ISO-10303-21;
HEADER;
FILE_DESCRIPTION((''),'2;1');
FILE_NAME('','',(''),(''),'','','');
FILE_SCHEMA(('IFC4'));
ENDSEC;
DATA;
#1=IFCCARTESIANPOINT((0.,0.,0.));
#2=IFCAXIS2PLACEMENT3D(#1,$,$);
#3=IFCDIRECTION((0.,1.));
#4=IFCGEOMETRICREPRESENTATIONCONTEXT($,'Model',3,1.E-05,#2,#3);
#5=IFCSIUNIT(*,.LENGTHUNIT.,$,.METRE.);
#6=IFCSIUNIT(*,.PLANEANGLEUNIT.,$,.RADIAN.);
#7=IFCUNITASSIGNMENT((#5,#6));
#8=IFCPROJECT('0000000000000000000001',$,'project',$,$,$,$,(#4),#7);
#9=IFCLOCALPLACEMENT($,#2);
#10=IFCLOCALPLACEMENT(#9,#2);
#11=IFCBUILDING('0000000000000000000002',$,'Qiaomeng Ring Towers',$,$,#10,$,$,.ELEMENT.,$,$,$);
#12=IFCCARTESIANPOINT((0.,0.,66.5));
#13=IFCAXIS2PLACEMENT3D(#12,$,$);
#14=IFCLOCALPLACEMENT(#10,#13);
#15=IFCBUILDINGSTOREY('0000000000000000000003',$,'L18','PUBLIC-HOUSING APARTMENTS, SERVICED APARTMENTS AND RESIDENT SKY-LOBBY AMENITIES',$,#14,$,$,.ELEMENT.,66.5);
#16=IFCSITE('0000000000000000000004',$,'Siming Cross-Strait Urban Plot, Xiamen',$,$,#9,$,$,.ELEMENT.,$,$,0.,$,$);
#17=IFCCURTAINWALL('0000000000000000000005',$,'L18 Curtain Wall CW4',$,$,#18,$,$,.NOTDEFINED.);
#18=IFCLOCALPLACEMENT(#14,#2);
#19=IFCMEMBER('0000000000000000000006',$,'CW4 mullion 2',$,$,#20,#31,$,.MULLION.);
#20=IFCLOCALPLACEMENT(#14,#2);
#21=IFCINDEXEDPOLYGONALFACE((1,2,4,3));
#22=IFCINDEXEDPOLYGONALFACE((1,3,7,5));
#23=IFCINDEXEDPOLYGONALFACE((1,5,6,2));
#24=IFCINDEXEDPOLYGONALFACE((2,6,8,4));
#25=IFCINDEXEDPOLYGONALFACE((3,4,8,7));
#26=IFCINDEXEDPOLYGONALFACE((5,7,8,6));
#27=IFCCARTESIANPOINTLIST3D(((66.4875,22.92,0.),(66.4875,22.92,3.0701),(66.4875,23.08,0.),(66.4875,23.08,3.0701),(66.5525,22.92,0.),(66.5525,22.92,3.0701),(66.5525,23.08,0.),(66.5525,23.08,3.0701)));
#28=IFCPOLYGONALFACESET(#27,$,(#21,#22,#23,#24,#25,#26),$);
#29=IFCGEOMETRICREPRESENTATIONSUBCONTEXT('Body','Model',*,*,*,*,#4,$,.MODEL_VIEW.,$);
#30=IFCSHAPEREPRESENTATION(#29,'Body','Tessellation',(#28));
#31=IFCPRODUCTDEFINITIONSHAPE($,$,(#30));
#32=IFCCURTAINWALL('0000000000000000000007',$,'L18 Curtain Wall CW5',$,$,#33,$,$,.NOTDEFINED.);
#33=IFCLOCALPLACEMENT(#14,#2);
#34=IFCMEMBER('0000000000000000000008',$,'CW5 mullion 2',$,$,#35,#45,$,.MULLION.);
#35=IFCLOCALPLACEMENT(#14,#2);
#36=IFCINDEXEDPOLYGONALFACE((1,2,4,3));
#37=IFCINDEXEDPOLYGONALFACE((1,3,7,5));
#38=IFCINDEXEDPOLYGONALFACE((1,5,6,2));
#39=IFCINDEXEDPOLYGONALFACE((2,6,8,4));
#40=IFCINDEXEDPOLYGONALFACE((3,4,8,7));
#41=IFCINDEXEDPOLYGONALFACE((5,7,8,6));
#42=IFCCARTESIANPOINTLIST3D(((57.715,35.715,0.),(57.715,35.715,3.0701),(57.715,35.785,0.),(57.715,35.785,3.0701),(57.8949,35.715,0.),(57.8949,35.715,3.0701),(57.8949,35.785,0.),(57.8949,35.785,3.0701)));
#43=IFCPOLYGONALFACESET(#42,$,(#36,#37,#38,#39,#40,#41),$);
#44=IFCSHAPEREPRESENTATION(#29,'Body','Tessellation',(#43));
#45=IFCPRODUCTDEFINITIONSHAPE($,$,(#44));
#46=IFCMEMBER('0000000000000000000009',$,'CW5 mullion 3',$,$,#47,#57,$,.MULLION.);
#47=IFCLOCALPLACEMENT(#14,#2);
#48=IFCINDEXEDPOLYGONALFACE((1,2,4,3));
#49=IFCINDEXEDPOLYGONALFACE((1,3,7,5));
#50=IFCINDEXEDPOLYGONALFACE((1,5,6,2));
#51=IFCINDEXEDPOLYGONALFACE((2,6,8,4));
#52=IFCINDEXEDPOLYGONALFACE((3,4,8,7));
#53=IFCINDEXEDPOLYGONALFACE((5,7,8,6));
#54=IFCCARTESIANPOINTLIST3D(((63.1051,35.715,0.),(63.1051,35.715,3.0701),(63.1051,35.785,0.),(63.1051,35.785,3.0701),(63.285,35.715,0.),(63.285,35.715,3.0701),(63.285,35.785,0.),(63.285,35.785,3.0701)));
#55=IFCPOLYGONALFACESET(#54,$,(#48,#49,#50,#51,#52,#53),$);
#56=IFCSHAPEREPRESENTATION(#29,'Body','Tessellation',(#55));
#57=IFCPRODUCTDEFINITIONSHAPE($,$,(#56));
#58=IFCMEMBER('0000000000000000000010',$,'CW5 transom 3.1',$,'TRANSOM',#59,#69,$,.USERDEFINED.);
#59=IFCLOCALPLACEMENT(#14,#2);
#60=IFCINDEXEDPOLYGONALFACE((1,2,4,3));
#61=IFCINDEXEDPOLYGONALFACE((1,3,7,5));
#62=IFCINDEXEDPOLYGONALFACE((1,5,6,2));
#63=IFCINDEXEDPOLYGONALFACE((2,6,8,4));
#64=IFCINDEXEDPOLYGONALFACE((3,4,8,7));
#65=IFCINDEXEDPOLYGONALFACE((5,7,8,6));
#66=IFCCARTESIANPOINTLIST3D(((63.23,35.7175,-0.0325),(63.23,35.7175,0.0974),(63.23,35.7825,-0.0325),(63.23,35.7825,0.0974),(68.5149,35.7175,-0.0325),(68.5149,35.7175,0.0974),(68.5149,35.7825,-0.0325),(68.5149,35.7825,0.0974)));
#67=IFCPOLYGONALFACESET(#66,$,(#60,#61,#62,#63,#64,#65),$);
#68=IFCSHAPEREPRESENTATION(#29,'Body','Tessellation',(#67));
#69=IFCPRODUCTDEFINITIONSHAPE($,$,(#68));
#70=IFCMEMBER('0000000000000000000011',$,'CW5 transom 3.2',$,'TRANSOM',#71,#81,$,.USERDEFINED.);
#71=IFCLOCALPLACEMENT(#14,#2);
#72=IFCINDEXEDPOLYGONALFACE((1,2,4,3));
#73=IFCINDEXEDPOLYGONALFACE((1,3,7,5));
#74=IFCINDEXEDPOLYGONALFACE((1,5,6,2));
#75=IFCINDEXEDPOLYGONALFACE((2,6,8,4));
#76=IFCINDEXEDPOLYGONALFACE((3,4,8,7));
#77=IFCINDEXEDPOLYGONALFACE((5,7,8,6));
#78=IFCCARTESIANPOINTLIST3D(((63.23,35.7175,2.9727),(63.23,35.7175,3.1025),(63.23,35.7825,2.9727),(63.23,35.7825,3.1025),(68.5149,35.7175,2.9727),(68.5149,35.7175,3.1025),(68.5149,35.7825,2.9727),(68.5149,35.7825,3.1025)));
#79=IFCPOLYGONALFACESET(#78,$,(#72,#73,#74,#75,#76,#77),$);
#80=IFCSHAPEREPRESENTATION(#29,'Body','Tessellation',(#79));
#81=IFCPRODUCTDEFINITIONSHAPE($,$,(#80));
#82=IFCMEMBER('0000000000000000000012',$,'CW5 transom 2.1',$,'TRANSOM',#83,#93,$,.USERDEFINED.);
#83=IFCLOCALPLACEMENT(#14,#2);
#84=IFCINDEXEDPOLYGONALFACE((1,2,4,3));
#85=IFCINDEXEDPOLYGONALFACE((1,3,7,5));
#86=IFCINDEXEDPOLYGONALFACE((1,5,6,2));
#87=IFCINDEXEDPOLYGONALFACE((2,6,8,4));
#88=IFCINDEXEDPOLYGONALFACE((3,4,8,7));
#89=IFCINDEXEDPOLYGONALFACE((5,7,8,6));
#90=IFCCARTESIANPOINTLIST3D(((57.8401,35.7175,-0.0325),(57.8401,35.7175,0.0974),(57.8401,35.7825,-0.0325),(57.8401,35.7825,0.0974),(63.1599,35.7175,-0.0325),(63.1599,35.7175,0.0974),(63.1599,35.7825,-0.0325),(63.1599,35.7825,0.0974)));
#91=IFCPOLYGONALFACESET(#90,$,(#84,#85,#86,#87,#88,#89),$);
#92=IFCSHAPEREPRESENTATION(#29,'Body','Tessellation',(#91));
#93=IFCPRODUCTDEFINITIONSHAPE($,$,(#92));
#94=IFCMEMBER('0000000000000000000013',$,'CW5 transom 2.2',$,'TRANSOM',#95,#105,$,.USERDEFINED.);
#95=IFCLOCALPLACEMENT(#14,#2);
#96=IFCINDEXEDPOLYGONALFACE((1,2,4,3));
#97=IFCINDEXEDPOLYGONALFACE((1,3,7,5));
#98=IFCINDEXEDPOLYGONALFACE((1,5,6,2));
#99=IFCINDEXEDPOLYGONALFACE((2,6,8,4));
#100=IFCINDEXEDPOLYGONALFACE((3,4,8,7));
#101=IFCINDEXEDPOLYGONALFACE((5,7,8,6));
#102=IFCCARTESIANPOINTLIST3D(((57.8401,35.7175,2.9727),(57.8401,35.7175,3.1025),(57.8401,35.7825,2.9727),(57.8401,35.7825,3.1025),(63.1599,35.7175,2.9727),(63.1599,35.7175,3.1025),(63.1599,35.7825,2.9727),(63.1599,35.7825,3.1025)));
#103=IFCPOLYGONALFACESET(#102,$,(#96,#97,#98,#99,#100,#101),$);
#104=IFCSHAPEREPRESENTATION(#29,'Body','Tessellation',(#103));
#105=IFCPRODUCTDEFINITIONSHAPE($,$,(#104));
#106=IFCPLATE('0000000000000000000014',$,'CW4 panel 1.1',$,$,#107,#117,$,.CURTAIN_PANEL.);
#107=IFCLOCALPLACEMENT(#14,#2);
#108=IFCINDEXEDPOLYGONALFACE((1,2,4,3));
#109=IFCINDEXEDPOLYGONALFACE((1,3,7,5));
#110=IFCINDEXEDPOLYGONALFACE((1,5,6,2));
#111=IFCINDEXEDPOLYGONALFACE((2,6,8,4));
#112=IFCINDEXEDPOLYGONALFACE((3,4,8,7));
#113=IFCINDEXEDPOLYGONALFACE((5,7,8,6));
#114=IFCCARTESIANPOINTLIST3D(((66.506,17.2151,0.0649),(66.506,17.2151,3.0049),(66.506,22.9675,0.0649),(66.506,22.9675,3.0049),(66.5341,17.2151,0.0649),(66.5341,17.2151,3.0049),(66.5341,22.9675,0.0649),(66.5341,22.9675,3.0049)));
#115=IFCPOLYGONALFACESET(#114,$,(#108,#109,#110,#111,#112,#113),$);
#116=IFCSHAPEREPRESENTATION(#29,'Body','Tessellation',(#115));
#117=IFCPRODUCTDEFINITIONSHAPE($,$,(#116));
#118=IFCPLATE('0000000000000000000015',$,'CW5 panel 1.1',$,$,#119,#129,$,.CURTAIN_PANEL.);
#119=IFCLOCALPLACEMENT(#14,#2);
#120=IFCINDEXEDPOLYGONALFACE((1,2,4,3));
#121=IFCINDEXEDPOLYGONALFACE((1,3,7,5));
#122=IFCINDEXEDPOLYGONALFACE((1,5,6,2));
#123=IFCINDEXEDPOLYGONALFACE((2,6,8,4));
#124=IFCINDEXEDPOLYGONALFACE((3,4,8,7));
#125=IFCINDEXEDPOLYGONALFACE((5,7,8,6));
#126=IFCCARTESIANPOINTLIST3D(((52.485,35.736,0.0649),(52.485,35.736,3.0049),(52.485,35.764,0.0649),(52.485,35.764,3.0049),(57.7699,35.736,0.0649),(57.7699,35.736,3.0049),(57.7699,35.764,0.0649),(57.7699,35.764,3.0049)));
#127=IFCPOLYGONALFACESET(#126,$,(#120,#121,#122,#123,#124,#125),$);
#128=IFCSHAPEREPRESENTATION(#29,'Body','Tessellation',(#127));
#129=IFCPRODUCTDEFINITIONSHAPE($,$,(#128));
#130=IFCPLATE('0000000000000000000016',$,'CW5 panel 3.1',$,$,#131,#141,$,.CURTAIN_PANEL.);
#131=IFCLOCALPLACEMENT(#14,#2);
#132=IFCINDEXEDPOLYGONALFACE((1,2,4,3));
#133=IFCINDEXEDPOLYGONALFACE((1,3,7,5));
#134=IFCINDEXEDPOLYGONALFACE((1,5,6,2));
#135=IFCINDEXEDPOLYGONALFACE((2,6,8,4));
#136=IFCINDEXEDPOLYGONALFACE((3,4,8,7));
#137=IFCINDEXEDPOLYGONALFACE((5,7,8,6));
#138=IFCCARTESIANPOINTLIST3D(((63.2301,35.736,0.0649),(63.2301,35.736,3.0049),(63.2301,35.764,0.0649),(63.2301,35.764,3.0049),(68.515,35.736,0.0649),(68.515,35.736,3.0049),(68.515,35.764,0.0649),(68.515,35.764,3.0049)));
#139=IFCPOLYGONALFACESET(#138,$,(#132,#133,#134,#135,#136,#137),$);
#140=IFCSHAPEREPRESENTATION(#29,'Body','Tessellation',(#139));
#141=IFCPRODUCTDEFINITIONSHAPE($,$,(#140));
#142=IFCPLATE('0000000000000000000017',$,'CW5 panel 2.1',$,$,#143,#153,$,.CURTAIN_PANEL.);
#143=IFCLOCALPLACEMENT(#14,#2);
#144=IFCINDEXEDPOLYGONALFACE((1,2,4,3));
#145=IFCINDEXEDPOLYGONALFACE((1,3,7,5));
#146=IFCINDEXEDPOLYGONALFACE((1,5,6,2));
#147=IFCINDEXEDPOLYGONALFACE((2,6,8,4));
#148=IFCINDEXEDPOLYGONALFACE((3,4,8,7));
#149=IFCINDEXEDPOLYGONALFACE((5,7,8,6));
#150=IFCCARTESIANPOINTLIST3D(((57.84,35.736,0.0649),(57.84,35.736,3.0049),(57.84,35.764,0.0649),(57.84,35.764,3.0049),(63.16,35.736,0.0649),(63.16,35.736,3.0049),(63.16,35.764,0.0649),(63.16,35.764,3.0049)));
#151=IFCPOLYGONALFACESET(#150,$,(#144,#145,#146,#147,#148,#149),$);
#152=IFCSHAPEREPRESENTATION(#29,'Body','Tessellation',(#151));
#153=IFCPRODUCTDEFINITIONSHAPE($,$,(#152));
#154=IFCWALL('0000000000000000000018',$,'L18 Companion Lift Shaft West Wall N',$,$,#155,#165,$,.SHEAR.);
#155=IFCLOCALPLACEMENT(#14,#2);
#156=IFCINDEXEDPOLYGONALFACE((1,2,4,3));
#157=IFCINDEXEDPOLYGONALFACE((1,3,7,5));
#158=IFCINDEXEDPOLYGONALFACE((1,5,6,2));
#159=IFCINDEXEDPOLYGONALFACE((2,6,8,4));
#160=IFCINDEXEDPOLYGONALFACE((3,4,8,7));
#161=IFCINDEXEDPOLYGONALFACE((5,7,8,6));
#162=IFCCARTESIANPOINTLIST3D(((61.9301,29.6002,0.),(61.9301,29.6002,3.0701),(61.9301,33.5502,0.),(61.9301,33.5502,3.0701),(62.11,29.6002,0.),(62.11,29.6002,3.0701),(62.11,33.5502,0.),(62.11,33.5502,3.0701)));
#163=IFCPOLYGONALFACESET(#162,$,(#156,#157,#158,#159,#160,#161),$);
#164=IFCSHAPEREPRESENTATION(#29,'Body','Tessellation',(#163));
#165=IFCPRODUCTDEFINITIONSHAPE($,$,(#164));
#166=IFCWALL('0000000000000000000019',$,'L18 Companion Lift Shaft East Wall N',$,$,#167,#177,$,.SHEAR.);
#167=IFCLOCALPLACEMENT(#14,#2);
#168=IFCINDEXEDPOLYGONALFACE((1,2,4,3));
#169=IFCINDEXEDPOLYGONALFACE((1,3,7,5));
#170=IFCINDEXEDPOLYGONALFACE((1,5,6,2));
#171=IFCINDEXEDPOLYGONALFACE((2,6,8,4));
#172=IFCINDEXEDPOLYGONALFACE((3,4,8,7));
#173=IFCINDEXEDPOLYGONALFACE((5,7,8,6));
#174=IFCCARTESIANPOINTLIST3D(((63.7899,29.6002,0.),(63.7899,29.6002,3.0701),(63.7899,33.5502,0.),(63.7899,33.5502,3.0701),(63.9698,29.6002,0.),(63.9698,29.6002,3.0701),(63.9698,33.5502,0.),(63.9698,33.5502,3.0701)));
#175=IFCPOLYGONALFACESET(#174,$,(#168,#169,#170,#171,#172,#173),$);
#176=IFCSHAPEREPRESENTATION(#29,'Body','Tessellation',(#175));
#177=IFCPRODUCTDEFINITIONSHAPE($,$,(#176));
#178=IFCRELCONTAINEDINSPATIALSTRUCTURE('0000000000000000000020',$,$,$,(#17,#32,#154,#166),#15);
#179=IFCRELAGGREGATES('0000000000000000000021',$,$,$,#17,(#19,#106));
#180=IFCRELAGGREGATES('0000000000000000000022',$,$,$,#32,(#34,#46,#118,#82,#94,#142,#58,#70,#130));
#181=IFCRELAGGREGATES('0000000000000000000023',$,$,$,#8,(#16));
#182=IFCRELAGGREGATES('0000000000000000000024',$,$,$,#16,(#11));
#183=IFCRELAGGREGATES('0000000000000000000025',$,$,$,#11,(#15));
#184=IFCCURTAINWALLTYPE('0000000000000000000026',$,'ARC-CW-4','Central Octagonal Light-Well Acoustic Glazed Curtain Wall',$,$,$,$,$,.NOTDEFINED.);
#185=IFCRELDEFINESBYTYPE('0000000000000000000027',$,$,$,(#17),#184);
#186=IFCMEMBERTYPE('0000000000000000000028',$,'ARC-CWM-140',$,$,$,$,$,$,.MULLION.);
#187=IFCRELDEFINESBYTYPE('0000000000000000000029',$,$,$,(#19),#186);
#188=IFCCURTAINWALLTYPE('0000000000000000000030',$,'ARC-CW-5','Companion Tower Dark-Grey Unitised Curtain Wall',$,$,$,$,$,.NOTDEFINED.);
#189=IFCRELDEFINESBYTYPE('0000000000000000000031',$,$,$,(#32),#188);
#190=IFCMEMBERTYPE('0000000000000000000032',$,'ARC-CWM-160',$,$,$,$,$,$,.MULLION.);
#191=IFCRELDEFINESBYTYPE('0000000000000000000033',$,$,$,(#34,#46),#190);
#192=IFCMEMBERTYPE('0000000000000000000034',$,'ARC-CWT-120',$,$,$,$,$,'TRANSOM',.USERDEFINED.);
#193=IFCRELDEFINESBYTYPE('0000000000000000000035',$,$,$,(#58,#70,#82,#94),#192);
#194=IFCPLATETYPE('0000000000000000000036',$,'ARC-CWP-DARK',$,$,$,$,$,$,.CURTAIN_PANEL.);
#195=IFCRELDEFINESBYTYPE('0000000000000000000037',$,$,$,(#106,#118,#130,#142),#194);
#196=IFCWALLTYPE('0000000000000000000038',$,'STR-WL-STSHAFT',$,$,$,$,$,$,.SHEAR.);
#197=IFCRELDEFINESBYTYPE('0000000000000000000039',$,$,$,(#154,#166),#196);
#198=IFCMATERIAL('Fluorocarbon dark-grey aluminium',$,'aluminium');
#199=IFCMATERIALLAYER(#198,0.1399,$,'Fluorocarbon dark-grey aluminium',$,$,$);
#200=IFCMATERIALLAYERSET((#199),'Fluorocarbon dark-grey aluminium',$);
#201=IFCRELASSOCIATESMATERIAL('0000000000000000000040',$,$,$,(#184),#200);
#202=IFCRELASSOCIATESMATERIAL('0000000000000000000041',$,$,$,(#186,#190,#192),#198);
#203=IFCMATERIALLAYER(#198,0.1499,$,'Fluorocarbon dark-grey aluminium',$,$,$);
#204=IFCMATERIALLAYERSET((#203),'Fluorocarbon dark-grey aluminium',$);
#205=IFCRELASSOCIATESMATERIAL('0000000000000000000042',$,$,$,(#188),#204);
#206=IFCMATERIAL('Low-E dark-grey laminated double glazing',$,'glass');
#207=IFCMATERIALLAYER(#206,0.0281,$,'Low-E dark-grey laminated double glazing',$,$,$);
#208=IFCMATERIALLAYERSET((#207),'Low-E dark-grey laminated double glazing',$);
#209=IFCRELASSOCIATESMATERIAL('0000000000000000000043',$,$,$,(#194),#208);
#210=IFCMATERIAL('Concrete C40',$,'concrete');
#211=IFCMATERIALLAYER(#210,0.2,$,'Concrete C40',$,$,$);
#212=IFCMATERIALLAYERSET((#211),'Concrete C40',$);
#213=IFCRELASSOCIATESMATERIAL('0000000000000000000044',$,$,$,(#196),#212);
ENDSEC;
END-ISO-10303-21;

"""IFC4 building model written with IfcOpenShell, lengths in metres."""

from ifc_helpers import new_model, si_unit, direction, frame, frame_2d, origin, origin_2d, place, context, subcontext, project, spatial, rectangle, extrude, source, transform, mapped, material, layer, layer_set, material_profile, profile_set, type_object, element, aggregate, save


model = new_model("IFC4")

# Units and contexts
model_context = context("Model", 3, precision=1e-05, world=origin(), true_north=direction((0.0, 1.0)))
body_context = subcontext(model_context, "Body", "Model", "MODEL_VIEW")
ifc_project = project(units=[si_unit("LENGTHUNIT", "METRE"), si_unit("PLANEANGLEUNIT", "RADIAN")], contexts=[model_context])

# Site, building, storey
site_placement = place(None, origin())
site = spatial("IfcSite", under=ifc_project, at=site_placement, Name="Siming Cross-Strait Urban Plot, Xiamen", CompositionType="ELEMENT", RefElevation=0.0)
building_placement = place(site_placement, origin())
building = spatial("IfcBuilding", under=site, at=building_placement, Name="Qiaomeng Ring Towers", CompositionType="ELEMENT")
storey_placement = place(building_placement, frame((0.0, 0.0, 66.5)))
storey = spatial("IfcBuildingStorey", under=building, at=storey_placement, Name="L18", Description="PUBLIC-HOUSING APARTMENTS, SERVICED APARTMENTS AND RESIDENT SKY-LOBBY AMENITIES", CompositionType="ELEMENT", Elevation=66.5)

# Curtain wall, member
ifc_material_1 = material(Name="Fluorocarbon dark-grey aluminium", Category="aluminium")
ifc_layer_1 = layer(ifc_material_1, 0.1399, Name="Fluorocarbon dark-grey aluminium")
ifc_layer_set_1 = layer_set([ifc_layer_1], Name="Fluorocarbon dark-grey aluminium")
curtain_wall_type_1 = type_object("IfcCurtainWallType", Name="ARC-CW-4", Description="Central Octagonal Light-Well Acoustic Glazed Curtain Wall", PredefinedType="NOTDEFINED", material=ifc_layer_set_1)
curtain_wall_1_placement = place(storey_placement, origin())
curtain_wall_1 = element("IfcCurtainWall", 1, at=curtain_wall_1_placement, inside=storey, type_object=curtain_wall_type_1, Name="L18 Curtain Wall CW4", PredefinedType="NOTDEFINED")
ifc_material_profile_1 = material_profile(ifc_material_1, rectangle(XDim=0.0649, YDim=0.1599, at=origin_2d()), Name="ALU MULL 65x160")
ifc_profile_set_1 = profile_set([ifc_material_profile_1], Name="Fluorocarbon dark-grey aluminium")
member_type_1 = type_object("IfcMemberType", Name="ARC-CWM-140", PredefinedType="MULLION", material=ifc_profile_set_1)
shared_shape_1 = source(origin(), body_context, "Body", "SweptSolid", [
    extrude(rectangle(XDim=0.0649, YDim=0.1599, at=origin_2d()), origin(), (0.0, 0.0, 1.0), 3.0701),
])
member_1_placement = place(storey_placement, frame((66.52, 23.0, 0.0), z_axis=(0.0, 0.0, 1.0), x_axis=(-1.0, 0.0, 0.0)))
member_1 = element("IfcMember", 2, at=member_1_placement, type_object=member_type_1, Name="CW4 mullion 2", PredefinedType="MULLION", context=body_context, shape_type="MappedRepresentation", body=[
    mapped(shared_shape_1, transform((0.0, 0.0, 0.0), x_axis=(1.0, 0.0, 0.0), y_axis=(0.0, 1.0, 0.0), z_axis=(0.0, 0.0, 1.0), scale=1.0)),
])

# Curtain wall, members
ifc_layer_2 = layer(ifc_material_1, 0.1499, Name="Fluorocarbon dark-grey aluminium")
ifc_layer_set_2 = layer_set([ifc_layer_2], Name="Fluorocarbon dark-grey aluminium")
curtain_wall_type_2 = type_object("IfcCurtainWallType", Name="ARC-CW-5", Description="Companion Tower Dark-Grey Unitised Curtain Wall", PredefinedType="NOTDEFINED", material=ifc_layer_set_2)
curtain_wall_2_placement = place(storey_placement, origin())
curtain_wall_2 = element("IfcCurtainWall", 3, at=curtain_wall_2_placement, inside=storey, type_object=curtain_wall_type_2, Name="L18 Curtain Wall CW5", PredefinedType="NOTDEFINED")
ifc_material_profile_2 = material_profile(ifc_material_1, rectangle(XDim=0.0701, YDim=0.1799, at=origin_2d()), Name="ALU MULL 70x180")
ifc_profile_set_2 = profile_set([ifc_material_profile_2], Name="Fluorocarbon dark-grey aluminium")
member_type_2 = type_object("IfcMemberType", Name="ARC-CWM-160", PredefinedType="MULLION", material=ifc_profile_set_2)
shared_shape_2 = source(origin(), body_context, "Body", "SweptSolid", [
    extrude(rectangle(XDim=0.0701, YDim=0.1799, at=origin_2d()), origin(), (0.0, 0.0, 1.0), 3.0701),
])
member_2_placement = place(storey_placement, frame((57.8049, 35.75, 0.0), z_axis=(0.0, 0.0, 1.0), x_axis=(0.0, 1.0, 0.0)))
member_2 = element("IfcMember", 4, at=member_2_placement, type_object=member_type_2, Name="CW5 mullion 2", PredefinedType="MULLION", context=body_context, shape_type="MappedRepresentation", body=[
    mapped(shared_shape_2, transform((0.0, 0.0, 0.0), x_axis=(1.0, 0.0, 0.0), y_axis=(0.0, 1.0, 0.0), z_axis=(0.0, 0.0, 1.0), scale=1.0)),
])
member_3_placement = place(storey_placement, frame((63.1951, 35.75, 0.0), z_axis=(0.0, 0.0, 1.0), x_axis=(0.0, 1.0, 0.0)))
member_3 = element("IfcMember", 5, at=member_3_placement, type_object=member_type_2, Name="CW5 mullion 3", PredefinedType="MULLION", context=body_context, shape_type="MappedRepresentation", body=[
    mapped(shared_shape_2, transform((0.0, 0.0, 0.0), x_axis=(1.0, 0.0, 0.0), y_axis=(0.0, 1.0, 0.0), z_axis=(0.0, 0.0, 1.0), scale=1.0)),
])
ifc_material_profile_3 = material_profile(ifc_material_1, rectangle(XDim=0.0649, YDim=0.1299, at=origin_2d()), Name="ALU TRAN 65x130")
ifc_profile_set_3 = profile_set([ifc_material_profile_3], Name="Fluorocarbon dark-grey aluminium")
member_type_3 = type_object("IfcMemberType", Name="ARC-CWT-120", ElementType="TRANSOM", PredefinedType="USERDEFINED", material=ifc_profile_set_3)
shared_shape_3 = source(origin(), body_context, "Body", "SweptSolid", [
    extrude(rectangle(XDim=0.0649, YDim=0.1299, at=origin_2d()), origin(), (0.0, 0.0, 1.0), 5.2849),
])
member_4_placement = place(storey_placement, frame((63.23, 35.75, 0.0325), z_axis=(1.0, 0.0, 0.0), x_axis=(0.0, 1.0, 0.0)))
member_4 = element("IfcMember", 6, at=member_4_placement, type_object=member_type_3, Name="CW5 transom 3.1", ObjectType="TRANSOM", PredefinedType="USERDEFINED", context=body_context, shape_type="MappedRepresentation", body=[
    mapped(shared_shape_3, transform((0.0, 0.0, 0.0), x_axis=(1.0, 0.0, 0.0), y_axis=(0.0, 1.0, 0.0), z_axis=(0.0, 0.0, 1.0), scale=1.0)),
])
member_5_placement = place(storey_placement, frame((63.23, 35.75, 3.0376), z_axis=(1.0, 0.0, 0.0), x_axis=(0.0, 1.0, 0.0)))
member_5 = element("IfcMember", 7, at=member_5_placement, type_object=member_type_3, Name="CW5 transom 3.2", ObjectType="TRANSOM", PredefinedType="USERDEFINED", context=body_context, shape_type="MappedRepresentation", body=[
    mapped(shared_shape_3, transform((0.0, 0.0, 0.0), x_axis=(1.0, 0.0, 0.0), y_axis=(0.0, 1.0, 0.0), z_axis=(0.0, 0.0, 1.0), scale=1.0)),
])
shared_shape_4 = source(origin(), body_context, "Body", "SweptSolid", [
    extrude(rectangle(XDim=0.0649, YDim=0.1299, at=origin_2d()), origin(), (0.0, 0.0, 1.0), 5.3198),
])
member_6_placement = place(storey_placement, frame((57.8401, 35.75, 0.0325), z_axis=(1.0, 0.0, 0.0), x_axis=(0.0, 1.0, 0.0)))
member_6 = element("IfcMember", 8, at=member_6_placement, type_object=member_type_3, Name="CW5 transom 2.1", ObjectType="TRANSOM", PredefinedType="USERDEFINED", context=body_context, shape_type="MappedRepresentation", body=[
    mapped(shared_shape_4, transform((0.0, 0.0, 0.0), x_axis=(1.0, 0.0, 0.0), y_axis=(0.0, 1.0, 0.0), z_axis=(0.0, 0.0, 1.0), scale=1.0)),
])
member_7_placement = place(storey_placement, frame((57.8401, 35.75, 3.0376), z_axis=(1.0, 0.0, 0.0), x_axis=(0.0, 1.0, 0.0)))
member_7 = element("IfcMember", 9, at=member_7_placement, type_object=member_type_3, Name="CW5 transom 2.2", ObjectType="TRANSOM", PredefinedType="USERDEFINED", context=body_context, shape_type="MappedRepresentation", body=[
    mapped(shared_shape_4, transform((0.0, 0.0, 0.0), x_axis=(1.0, 0.0, 0.0), y_axis=(0.0, 1.0, 0.0), z_axis=(0.0, 0.0, 1.0), scale=1.0)),
])

# Plates
ifc_material_2 = material(Name="Low-E dark-grey laminated double glazing", Category="glass")
ifc_layer_3 = layer(ifc_material_2, 0.0281, Name="Low-E dark-grey laminated double glazing")
ifc_layer_set_3 = layer_set([ifc_layer_3], Name="Low-E dark-grey laminated double glazing")
plate_type = type_object("IfcPlateType", Name="ARC-CWP-DARK", PredefinedType="CURTAIN_PANEL", material=ifc_layer_set_3)
shared_shape_5 = source(origin(), body_context, "Body", "SweptSolid", [
    extrude(rectangle(XDim=5.7524, YDim=0.0281, at=origin_2d()), origin(), (0.0, 0.0, 1.0), 2.9399),
])
plate_1_placement = place(storey_placement, frame((66.52, 20.0913, 0.0649), z_axis=(0.0, 0.0, 1.0), x_axis=(0.0, 1.0, 0.0)))
plate_1 = element("IfcPlate", 10, at=plate_1_placement, type_object=plate_type, Name="CW4 panel 1.1", PredefinedType="CURTAIN_PANEL", context=body_context, shape_type="MappedRepresentation", body=[
    mapped(shared_shape_5, transform((0.0, 0.0, 0.0), x_axis=(1.0, 0.0, 0.0), y_axis=(0.0, 1.0, 0.0), z_axis=(0.0, 0.0, 1.0), scale=1.0)),
])
aggregate(curtain_wall_1, [member_1, plate_1])
shared_shape_6 = source(origin(), body_context, "Body", "SweptSolid", [
    extrude(rectangle(XDim=5.2849, YDim=0.0281, at=origin_2d()), origin(), (0.0, 0.0, 1.0), 2.9399),
])
plate_2_placement = place(storey_placement, frame((55.1274, 35.75, 0.0649), z_axis=(0.0, 0.0, 1.0), x_axis=(1.0, 0.0, 0.0)))
plate_2 = element("IfcPlate", 11, at=plate_2_placement, type_object=plate_type, Name="CW5 panel 1.1", PredefinedType="CURTAIN_PANEL", context=body_context, shape_type="MappedRepresentation", body=[
    mapped(shared_shape_6, transform((0.0, 0.0, 0.0), x_axis=(1.0, 0.0, 0.0), y_axis=(0.0, 1.0, 0.0), z_axis=(0.0, 0.0, 1.0), scale=1.0)),
])
plate_3_placement = place(storey_placement, frame((65.8726, 35.75, 0.0649), z_axis=(0.0, 0.0, 1.0), x_axis=(1.0, 0.0, 0.0)))
plate_3 = element("IfcPlate", 12, at=plate_3_placement, type_object=plate_type, Name="CW5 panel 3.1", PredefinedType="CURTAIN_PANEL", context=body_context, shape_type="MappedRepresentation", body=[
    mapped(shared_shape_6, transform((0.0, 0.0, 0.0), x_axis=(1.0, 0.0, 0.0), y_axis=(0.0, 1.0, 0.0), z_axis=(0.0, 0.0, 1.0), scale=1.0)),
])
shared_shape_7 = source(origin(), body_context, "Body", "SweptSolid", [
    extrude(rectangle(XDim=5.3201, YDim=0.0281, at=origin_2d()), origin(), (0.0, 0.0, 1.0), 2.9399),
])
plate_4_placement = place(storey_placement, frame((60.5, 35.75, 0.0649), z_axis=(0.0, 0.0, 1.0), x_axis=(1.0, 0.0, 0.0)))
plate_4 = element("IfcPlate", 13, at=plate_4_placement, type_object=plate_type, Name="CW5 panel 2.1", PredefinedType="CURTAIN_PANEL", context=body_context, shape_type="MappedRepresentation", body=[
    mapped(shared_shape_7, transform((0.0, 0.0, 0.0), x_axis=(1.0, 0.0, 0.0), y_axis=(0.0, 1.0, 0.0), z_axis=(0.0, 0.0, 1.0), scale=1.0)),
])
aggregate(curtain_wall_2, [member_2, member_3, plate_2, member_6, member_7, plate_4, member_4, member_5, plate_3])

# Walls
ifc_material_3 = material(Name="Concrete C40", Category="concrete")
ifc_layer_4 = layer(ifc_material_3, 0.2, Name="Concrete C40")
ifc_layer_set_4 = layer_set([ifc_layer_4], Name="Concrete C40")
wall_type_1 = type_object("IfcWallType", Name="STR-WL-STSHAFT", PredefinedType="SHEAR", material=ifc_layer_set_4)
for number, where, z_axis, x_axis, name in (
    (14, (62.02, 29.6001, 0.0), (0.0, 0.0, 1.0), (0.0, 1.0, 0.0), "L18 Companion Lift Shaft West Wall N"),
    (15, (63.8799, 29.6001, 0.0), (0.0, 0.0, 1.0), (0.0, 1.0, 0.0), "L18 Companion Lift Shaft East Wall N"),
):
    element("IfcWall", number, at=place(storey_placement, frame(where, z_axis=z_axis, x_axis=x_axis)), inside=storey, type_object=wall_type_1, Name=name, PredefinedType="SHEAR", context=body_context, shape_type="SweptSolid", body=[
        extrude(rectangle(XDim=3.95, YDim=0.1799, at=frame_2d((1.9751, 0.0))), origin(), (0.0, 0.0, 1.0), 3.0701),
    ])

save(model, "model.ifc")
